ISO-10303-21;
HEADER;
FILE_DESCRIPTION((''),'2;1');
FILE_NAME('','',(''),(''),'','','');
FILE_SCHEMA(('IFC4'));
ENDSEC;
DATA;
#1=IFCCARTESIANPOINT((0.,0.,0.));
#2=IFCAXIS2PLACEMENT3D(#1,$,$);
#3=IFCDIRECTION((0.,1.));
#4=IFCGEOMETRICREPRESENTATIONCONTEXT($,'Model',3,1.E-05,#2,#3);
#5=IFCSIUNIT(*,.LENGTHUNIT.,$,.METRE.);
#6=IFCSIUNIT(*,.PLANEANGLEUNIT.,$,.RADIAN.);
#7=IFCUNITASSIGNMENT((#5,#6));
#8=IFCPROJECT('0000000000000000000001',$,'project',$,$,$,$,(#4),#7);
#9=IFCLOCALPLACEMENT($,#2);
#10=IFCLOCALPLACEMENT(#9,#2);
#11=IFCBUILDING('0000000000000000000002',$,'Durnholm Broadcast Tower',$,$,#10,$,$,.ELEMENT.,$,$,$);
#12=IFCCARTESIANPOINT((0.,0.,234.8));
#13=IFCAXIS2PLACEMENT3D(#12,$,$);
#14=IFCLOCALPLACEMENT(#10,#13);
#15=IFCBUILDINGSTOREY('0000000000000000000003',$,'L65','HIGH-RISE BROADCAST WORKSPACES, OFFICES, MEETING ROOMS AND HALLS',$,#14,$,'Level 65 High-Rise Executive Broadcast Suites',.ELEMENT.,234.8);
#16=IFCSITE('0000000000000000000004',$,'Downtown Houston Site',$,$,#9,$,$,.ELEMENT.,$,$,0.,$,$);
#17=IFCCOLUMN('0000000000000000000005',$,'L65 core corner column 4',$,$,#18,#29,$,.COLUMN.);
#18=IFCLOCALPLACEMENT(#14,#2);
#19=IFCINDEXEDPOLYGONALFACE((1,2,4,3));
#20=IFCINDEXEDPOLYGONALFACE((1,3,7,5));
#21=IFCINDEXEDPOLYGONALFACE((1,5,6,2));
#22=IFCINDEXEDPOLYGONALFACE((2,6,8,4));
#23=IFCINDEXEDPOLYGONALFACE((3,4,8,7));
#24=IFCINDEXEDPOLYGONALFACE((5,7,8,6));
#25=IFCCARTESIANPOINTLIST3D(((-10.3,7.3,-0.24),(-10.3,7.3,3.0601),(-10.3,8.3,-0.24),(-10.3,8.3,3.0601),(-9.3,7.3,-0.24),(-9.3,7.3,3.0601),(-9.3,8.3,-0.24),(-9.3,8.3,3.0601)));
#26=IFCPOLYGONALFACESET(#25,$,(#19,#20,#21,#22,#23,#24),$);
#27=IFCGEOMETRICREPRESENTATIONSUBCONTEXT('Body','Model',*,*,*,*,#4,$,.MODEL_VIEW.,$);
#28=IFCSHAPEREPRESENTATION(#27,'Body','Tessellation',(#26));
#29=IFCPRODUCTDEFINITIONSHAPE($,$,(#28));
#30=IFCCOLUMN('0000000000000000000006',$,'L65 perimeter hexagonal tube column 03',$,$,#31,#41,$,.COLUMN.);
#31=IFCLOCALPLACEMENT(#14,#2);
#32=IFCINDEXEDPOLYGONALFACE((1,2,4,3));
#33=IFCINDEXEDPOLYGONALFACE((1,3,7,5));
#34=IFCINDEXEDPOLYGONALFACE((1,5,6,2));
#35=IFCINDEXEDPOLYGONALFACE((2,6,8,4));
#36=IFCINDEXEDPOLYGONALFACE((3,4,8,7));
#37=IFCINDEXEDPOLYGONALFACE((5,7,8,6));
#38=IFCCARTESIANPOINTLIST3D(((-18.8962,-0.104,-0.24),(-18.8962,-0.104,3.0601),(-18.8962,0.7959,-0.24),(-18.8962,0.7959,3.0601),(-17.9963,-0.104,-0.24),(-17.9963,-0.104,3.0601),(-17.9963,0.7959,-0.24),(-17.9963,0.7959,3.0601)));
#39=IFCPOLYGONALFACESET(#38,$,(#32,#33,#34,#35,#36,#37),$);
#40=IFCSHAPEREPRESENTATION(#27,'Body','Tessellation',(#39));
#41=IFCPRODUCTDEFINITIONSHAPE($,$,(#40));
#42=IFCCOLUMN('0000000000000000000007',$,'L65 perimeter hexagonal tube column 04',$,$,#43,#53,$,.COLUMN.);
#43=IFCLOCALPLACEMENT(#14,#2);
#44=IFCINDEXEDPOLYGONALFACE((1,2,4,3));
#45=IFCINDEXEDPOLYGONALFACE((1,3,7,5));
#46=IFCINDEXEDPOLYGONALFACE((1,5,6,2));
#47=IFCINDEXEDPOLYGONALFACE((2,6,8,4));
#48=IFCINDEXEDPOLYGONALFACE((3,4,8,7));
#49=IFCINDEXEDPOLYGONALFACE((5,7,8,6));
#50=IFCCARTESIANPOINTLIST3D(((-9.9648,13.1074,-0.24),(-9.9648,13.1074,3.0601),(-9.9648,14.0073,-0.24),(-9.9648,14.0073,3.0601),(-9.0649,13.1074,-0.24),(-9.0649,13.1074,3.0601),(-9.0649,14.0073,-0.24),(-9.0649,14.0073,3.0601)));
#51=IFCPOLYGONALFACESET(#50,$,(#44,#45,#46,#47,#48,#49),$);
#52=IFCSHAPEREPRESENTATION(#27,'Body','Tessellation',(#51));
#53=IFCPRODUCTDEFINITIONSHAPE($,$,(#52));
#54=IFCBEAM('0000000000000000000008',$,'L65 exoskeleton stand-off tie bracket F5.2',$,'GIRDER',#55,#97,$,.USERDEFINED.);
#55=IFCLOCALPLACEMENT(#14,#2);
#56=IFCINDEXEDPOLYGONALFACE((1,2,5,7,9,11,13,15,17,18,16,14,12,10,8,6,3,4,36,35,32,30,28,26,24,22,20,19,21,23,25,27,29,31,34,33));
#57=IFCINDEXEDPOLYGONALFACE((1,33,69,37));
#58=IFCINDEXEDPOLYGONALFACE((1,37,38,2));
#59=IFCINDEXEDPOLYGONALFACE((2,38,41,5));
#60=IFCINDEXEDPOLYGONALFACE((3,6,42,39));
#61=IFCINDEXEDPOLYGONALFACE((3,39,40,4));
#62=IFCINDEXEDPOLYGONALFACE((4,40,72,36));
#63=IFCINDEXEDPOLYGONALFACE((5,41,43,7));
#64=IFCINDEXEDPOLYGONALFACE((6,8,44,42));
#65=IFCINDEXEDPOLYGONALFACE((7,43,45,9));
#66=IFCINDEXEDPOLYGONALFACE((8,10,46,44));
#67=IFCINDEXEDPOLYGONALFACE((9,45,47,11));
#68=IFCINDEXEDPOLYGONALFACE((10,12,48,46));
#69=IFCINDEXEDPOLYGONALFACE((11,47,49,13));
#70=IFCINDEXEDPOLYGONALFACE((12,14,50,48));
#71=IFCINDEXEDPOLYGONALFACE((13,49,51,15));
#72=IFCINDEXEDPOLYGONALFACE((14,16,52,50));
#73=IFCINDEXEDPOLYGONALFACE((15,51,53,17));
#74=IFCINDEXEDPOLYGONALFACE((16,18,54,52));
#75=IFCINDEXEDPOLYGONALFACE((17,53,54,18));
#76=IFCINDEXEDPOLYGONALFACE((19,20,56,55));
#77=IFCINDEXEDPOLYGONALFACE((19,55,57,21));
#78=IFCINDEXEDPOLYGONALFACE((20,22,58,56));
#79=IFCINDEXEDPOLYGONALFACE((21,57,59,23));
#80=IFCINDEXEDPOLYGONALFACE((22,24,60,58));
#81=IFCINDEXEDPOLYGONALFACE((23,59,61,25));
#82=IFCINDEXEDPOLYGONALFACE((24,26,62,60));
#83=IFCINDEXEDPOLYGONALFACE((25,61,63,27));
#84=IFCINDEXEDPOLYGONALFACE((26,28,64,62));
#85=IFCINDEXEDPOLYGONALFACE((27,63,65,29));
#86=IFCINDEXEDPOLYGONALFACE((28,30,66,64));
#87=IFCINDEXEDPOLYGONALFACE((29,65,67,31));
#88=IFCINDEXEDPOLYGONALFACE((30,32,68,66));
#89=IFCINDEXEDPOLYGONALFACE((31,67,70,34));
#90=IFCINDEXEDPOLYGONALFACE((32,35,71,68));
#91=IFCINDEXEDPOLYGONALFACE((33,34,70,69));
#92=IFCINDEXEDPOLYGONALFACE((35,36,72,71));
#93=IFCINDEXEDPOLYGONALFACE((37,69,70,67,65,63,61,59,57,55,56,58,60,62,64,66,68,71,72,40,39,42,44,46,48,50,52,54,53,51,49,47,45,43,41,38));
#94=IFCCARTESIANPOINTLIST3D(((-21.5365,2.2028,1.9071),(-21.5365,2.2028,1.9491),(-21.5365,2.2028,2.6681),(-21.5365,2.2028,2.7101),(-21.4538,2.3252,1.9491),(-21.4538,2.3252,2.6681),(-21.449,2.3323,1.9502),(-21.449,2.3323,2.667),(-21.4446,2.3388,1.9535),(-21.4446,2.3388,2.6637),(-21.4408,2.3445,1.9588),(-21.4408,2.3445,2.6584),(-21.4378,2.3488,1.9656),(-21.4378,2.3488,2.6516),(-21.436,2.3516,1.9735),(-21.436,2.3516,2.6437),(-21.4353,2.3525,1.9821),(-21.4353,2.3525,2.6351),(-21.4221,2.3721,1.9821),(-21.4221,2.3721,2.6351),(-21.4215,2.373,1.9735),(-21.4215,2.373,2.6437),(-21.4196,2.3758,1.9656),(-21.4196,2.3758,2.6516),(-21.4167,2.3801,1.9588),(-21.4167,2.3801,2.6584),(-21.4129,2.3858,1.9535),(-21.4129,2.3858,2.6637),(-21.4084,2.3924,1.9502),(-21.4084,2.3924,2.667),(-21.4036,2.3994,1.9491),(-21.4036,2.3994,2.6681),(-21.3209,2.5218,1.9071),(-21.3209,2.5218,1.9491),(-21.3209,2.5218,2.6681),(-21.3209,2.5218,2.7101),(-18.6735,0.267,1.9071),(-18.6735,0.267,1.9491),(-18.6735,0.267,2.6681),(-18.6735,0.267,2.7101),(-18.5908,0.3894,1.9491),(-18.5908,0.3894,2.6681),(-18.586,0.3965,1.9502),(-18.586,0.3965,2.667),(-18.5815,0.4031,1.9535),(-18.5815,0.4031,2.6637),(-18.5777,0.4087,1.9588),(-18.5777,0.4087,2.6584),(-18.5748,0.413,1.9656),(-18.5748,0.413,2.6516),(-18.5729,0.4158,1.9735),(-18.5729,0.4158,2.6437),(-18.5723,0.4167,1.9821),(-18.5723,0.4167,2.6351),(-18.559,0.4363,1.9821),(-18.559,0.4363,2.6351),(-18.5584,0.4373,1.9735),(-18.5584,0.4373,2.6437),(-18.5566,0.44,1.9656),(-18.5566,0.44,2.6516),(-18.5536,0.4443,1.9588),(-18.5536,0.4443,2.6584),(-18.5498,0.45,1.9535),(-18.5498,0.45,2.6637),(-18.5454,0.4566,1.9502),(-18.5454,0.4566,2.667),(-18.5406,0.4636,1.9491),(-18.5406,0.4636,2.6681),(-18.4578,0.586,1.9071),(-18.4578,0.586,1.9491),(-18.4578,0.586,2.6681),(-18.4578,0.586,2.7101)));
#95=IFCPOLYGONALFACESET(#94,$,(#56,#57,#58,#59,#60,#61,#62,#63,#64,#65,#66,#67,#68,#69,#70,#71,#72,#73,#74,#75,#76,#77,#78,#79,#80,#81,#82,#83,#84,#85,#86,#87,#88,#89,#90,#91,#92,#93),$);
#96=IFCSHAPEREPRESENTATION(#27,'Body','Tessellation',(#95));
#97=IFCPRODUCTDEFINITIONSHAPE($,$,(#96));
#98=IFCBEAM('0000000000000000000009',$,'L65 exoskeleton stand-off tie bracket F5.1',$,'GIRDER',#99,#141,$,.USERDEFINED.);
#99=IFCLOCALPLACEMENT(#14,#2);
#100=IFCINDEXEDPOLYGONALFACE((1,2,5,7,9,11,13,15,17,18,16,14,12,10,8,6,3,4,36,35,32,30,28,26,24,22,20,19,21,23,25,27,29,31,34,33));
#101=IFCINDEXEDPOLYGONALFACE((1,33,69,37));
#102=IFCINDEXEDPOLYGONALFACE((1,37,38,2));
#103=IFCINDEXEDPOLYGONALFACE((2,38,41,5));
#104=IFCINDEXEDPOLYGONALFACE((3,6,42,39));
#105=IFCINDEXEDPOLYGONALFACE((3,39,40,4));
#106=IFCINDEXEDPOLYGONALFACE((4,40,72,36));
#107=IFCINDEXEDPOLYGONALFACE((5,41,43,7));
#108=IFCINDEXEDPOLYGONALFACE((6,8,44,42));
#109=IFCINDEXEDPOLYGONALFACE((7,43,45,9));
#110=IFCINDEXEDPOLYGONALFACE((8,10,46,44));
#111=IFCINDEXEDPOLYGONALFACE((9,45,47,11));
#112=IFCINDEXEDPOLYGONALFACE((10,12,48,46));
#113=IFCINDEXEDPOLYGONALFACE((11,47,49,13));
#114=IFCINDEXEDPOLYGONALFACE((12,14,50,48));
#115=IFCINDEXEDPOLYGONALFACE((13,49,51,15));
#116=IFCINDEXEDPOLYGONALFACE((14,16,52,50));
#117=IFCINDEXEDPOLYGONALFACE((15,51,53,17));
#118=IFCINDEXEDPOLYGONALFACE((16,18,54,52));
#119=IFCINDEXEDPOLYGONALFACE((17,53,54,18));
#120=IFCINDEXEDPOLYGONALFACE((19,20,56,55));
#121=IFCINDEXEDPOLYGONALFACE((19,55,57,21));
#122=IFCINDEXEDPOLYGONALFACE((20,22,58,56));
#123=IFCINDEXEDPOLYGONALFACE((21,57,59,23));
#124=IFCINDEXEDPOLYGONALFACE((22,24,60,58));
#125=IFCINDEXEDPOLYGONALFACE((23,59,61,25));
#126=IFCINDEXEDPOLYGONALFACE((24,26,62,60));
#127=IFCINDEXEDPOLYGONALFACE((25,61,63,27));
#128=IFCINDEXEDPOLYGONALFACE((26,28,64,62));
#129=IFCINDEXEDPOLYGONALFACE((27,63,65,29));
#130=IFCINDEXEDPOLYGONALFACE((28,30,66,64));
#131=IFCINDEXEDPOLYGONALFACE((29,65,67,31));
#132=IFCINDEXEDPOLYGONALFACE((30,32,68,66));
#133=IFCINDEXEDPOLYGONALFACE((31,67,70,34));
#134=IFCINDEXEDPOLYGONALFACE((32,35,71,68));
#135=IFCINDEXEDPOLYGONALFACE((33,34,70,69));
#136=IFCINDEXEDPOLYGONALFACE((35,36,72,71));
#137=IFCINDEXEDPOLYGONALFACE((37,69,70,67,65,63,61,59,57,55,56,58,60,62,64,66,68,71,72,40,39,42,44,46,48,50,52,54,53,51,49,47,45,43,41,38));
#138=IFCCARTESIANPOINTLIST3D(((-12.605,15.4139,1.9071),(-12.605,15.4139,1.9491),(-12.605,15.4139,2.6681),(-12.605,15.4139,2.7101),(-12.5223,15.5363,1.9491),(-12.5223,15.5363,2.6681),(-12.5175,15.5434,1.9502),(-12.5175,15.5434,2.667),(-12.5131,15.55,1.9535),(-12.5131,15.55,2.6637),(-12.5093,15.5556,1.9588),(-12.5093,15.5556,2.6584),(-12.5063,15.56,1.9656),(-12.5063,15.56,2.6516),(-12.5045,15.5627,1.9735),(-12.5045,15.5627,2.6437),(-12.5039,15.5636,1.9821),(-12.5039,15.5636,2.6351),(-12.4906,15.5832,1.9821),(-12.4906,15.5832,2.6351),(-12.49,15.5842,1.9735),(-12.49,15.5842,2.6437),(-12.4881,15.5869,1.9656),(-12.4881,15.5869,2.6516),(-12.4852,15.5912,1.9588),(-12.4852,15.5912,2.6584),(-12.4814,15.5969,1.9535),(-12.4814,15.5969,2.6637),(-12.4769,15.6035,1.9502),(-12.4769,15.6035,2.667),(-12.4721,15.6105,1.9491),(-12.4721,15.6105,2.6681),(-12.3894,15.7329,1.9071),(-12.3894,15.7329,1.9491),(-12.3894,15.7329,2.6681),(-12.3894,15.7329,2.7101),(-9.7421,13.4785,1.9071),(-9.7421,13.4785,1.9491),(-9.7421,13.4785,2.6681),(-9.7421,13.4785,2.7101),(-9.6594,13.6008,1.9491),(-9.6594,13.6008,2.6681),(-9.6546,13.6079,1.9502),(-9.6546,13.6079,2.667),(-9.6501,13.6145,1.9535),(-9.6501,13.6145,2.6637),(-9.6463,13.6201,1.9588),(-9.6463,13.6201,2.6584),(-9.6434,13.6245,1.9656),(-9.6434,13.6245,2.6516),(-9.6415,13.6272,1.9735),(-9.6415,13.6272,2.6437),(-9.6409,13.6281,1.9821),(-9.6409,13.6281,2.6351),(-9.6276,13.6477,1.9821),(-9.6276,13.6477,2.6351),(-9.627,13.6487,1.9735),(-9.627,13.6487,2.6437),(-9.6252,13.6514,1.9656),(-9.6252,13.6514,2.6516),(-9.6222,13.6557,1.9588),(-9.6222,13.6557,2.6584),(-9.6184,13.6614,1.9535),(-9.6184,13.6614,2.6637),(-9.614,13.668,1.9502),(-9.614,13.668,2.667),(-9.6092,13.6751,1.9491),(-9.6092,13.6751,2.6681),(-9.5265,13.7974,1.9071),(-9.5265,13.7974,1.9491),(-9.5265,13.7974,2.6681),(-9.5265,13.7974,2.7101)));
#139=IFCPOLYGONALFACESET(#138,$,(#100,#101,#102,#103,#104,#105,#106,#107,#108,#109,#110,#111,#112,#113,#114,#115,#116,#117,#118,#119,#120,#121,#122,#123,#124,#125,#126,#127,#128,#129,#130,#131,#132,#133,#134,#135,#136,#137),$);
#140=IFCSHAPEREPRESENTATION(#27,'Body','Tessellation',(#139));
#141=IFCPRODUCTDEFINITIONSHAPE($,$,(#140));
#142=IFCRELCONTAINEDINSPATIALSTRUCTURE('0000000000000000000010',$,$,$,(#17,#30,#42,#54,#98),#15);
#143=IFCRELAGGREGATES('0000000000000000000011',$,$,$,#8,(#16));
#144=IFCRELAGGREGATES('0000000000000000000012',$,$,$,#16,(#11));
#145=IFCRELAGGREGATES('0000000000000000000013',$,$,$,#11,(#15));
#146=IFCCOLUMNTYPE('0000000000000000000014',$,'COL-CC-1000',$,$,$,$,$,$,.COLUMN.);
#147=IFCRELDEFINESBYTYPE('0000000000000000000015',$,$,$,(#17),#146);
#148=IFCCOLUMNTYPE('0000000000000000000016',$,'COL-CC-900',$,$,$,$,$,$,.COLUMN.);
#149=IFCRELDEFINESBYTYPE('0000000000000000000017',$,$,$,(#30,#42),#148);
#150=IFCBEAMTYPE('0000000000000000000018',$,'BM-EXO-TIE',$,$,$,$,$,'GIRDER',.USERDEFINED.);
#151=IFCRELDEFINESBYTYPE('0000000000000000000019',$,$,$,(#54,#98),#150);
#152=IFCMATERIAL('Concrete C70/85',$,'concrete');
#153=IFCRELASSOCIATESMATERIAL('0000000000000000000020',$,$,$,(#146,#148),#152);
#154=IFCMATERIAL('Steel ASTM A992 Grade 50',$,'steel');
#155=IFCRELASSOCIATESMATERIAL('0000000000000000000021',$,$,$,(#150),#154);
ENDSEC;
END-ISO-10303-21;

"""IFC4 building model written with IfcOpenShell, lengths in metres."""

from ifc_helpers import new_model, si_unit, direction, frame, origin, origin_2d, place, context, subcontext, project, spatial, rectangle, i_section, extrude, source, transform, mapped, material, material_profile, profile_set, type_object, type_shapes, element, save


model = new_model("IFC4")

# Units and contexts
model_context = context("Model", 3, precision=1e-05, world=origin(), true_north=direction((0.0, 1.0)))
body_context = subcontext(model_context, "Body", "Model", "MODEL_VIEW")
ifc_project = project(units=[si_unit("LENGTHUNIT", "METRE"), si_unit("PLANEANGLEUNIT", "RADIAN")], contexts=[model_context])

# Site, building, storey
site_placement = place(None, origin())
site = spatial("IfcSite", under=ifc_project, at=site_placement, Name="Downtown Houston Site", CompositionType="ELEMENT", RefElevation=0.0)
building_placement = place(site_placement, origin())
building = spatial("IfcBuilding", under=site, at=building_placement, Name="Durnholm Broadcast Tower", CompositionType="ELEMENT")
storey_placement = place(building_placement, frame((0.0, 0.0, 234.8)))
storey = spatial("IfcBuildingStorey", under=building, at=storey_placement, Name="L65", Description="HIGH-RISE BROADCAST WORKSPACES, OFFICES, MEETING ROOMS AND HALLS", LongName="Level 65 High-Rise Executive Broadcast Suites", CompositionType="ELEMENT", Elevation=234.8)

# Columns
ifc_material_1 = material(Name="Concrete C70/85", Category="concrete")
ifc_material_profile_1 = material_profile(ifc_material_1, rectangle(XDim=1.0, YDim=1.0, at=origin_2d()), Name="RC1000X1000")
ifc_profile_set_1 = profile_set([ifc_material_profile_1], Name="Concrete C70/85")
column_type_1 = type_object("IfcColumnType", Name="COL-CC-1000", PredefinedType="COLUMN", material=ifc_profile_set_1)
shared_shape_1 = source(origin(), body_context, "Body", "SweptSolid", [
    extrude(rectangle(XDim=1.0, YDim=1.0, at=origin_2d()), origin(), (0.0, 0.0, 1.0), 3.3),
])
type_shapes(column_type_1, [shared_shape_1])
column_placement = place(storey_placement, frame((-9.8, 7.8, -0.24), z_axis=(0.0, 0.0, 1.0), x_axis=(1.0, 0.0, 0.0)))
element("IfcColumn", 1, at=column_placement, inside=storey, type_object=column_type_1, Name="L65 core corner column 4", PredefinedType="COLUMN", context=body_context, shape_type="MappedRepresentation", body=[
    mapped(shared_shape_1, transform((0.0, 0.0, 0.0), x_axis=(1.0, 0.0, 0.0), y_axis=(0.0, 1.0, 0.0), z_axis=(0.0, 0.0, 1.0), scale=1.0)),
])
ifc_material_profile_2 = material_profile(ifc_material_1, rectangle(XDim=0.8999, YDim=0.8999, at=origin_2d()), Name="RC900X900")
ifc_profile_set_2 = profile_set([ifc_material_profile_2], Name="Concrete C70/85")
column_type_2 = type_object("IfcColumnType", Name="COL-CC-900", PredefinedType="COLUMN", material=ifc_profile_set_2)
shared_shape_2 = source(origin(), body_context, "Body", "SweptSolid", [
    extrude(rectangle(XDim=0.8999, YDim=0.8999, at=origin_2d()), origin(), (0.0, 0.0, 1.0), 3.3),
])
type_shapes(column_type_2, [shared_shape_2])
for number, where, z_axis, x_axis, name in (
    (2, (-18.4463, 0.3459, -0.24), (0.0, 0.0, 1.0), (1.0, 0.0, 0.0), "L65 perimeter hexagonal tube column 03"),
    (3, (-9.5149, 13.5574, -0.24), (0.0, 0.0, 1.0), (1.0, 0.0, 0.0), "L65 perimeter hexagonal tube column 04"),
):
    element("IfcColumn", number, at=place(storey_placement, frame(where, z_axis=z_axis, x_axis=x_axis)), inside=storey, type_object=column_type_2, Name=name, PredefinedType="COLUMN", context=body_context, shape_type="MappedRepresentation", body=[
        mapped(shared_shape_2, transform((0.0, 0.0, 0.0), x_axis=(1.0, 0.0, 0.0), y_axis=(0.0, 1.0, 0.0), z_axis=(0.0, 0.0, 1.0), scale=1.0)),
    ])

# Beams
ifc_material_2 = material(Name="Steel ASTM A992 Grade 50", Category="steel")
ifc_material_profile_3 = material_profile(ifc_material_2, i_section(OverallWidth=0.385, OverallDepth=0.803, WebThickness=0.0237, FlangeThickness=0.042, FilletRadius=0.033, at=origin_2d()), Name="W30X261")
ifc_profile_set_3 = profile_set([ifc_material_profile_3], Name="Steel ASTM A992 Grade 50")
beam_type_1 = type_object("IfcBeamType", Name="BM-EXO-TIE", ElementType="GIRDER", PredefinedType="USERDEFINED", material=ifc_profile_set_3)
shared_shape_3 = source(origin(), body_context, "Body", "SweptSolid", [
    extrude(i_section(OverallWidth=0.385, OverallDepth=0.803, WebThickness=0.0237, FlangeThickness=0.042, FilletRadius=0.033, at=origin_2d()), origin(), (0.0, 0.0, 1.0), 3.4561),
])
beam_1_placement = place(storey_placement, frame((-18.5657, 0.4265, 2.3086), z_axis=(-0.828414, 0.560117, 0.0), x_axis=(-0.560117, -0.828414, 0.0)))
element("IfcBeam", 4, at=beam_1_placement, inside=storey, type_object=beam_type_1, Name="L65 exoskeleton stand-off tie bracket F5.2", ObjectType="GIRDER", PredefinedType="USERDEFINED", context=body_context, shape_type="MappedRepresentation", body=[
    mapped(shared_shape_3, transform((0.0, 0.0, 0.0), x_axis=(1.0, 0.0, 0.0), y_axis=(0.0, 1.0, 0.0), z_axis=(0.0, 0.0, 1.0), scale=1.0)),
])
shared_shape_4 = source(origin(), body_context, "Body", "SweptSolid", [
    extrude(i_section(OverallWidth=0.385, OverallDepth=0.803, WebThickness=0.0237, FlangeThickness=0.042, FilletRadius=0.033, at=origin_2d()), origin(), (0.0, 0.0, 1.0), 3.4558),
])
beam_2_placement = place(storey_placement, frame((-9.6343, 13.6379, 2.3086), z_axis=(-0.828446, 0.560068, 0.0), x_axis=(-0.560068, -0.828446, 0.0)))
element("IfcBeam", 5, at=beam_2_placement, inside=storey, type_object=beam_type_1, Name="L65 exoskeleton stand-off tie bracket F5.1", ObjectType="GIRDER", PredefinedType="USERDEFINED", context=body_context, shape_type="MappedRepresentation", body=[
    mapped(shared_shape_4, transform((0.0, 0.0, 0.0), x_axis=(1.0, 0.0, 0.0), y_axis=(0.0, 1.0, 0.0), z_axis=(0.0, 0.0, 1.0), scale=1.0)),
])

save(model, "model.ifc")
